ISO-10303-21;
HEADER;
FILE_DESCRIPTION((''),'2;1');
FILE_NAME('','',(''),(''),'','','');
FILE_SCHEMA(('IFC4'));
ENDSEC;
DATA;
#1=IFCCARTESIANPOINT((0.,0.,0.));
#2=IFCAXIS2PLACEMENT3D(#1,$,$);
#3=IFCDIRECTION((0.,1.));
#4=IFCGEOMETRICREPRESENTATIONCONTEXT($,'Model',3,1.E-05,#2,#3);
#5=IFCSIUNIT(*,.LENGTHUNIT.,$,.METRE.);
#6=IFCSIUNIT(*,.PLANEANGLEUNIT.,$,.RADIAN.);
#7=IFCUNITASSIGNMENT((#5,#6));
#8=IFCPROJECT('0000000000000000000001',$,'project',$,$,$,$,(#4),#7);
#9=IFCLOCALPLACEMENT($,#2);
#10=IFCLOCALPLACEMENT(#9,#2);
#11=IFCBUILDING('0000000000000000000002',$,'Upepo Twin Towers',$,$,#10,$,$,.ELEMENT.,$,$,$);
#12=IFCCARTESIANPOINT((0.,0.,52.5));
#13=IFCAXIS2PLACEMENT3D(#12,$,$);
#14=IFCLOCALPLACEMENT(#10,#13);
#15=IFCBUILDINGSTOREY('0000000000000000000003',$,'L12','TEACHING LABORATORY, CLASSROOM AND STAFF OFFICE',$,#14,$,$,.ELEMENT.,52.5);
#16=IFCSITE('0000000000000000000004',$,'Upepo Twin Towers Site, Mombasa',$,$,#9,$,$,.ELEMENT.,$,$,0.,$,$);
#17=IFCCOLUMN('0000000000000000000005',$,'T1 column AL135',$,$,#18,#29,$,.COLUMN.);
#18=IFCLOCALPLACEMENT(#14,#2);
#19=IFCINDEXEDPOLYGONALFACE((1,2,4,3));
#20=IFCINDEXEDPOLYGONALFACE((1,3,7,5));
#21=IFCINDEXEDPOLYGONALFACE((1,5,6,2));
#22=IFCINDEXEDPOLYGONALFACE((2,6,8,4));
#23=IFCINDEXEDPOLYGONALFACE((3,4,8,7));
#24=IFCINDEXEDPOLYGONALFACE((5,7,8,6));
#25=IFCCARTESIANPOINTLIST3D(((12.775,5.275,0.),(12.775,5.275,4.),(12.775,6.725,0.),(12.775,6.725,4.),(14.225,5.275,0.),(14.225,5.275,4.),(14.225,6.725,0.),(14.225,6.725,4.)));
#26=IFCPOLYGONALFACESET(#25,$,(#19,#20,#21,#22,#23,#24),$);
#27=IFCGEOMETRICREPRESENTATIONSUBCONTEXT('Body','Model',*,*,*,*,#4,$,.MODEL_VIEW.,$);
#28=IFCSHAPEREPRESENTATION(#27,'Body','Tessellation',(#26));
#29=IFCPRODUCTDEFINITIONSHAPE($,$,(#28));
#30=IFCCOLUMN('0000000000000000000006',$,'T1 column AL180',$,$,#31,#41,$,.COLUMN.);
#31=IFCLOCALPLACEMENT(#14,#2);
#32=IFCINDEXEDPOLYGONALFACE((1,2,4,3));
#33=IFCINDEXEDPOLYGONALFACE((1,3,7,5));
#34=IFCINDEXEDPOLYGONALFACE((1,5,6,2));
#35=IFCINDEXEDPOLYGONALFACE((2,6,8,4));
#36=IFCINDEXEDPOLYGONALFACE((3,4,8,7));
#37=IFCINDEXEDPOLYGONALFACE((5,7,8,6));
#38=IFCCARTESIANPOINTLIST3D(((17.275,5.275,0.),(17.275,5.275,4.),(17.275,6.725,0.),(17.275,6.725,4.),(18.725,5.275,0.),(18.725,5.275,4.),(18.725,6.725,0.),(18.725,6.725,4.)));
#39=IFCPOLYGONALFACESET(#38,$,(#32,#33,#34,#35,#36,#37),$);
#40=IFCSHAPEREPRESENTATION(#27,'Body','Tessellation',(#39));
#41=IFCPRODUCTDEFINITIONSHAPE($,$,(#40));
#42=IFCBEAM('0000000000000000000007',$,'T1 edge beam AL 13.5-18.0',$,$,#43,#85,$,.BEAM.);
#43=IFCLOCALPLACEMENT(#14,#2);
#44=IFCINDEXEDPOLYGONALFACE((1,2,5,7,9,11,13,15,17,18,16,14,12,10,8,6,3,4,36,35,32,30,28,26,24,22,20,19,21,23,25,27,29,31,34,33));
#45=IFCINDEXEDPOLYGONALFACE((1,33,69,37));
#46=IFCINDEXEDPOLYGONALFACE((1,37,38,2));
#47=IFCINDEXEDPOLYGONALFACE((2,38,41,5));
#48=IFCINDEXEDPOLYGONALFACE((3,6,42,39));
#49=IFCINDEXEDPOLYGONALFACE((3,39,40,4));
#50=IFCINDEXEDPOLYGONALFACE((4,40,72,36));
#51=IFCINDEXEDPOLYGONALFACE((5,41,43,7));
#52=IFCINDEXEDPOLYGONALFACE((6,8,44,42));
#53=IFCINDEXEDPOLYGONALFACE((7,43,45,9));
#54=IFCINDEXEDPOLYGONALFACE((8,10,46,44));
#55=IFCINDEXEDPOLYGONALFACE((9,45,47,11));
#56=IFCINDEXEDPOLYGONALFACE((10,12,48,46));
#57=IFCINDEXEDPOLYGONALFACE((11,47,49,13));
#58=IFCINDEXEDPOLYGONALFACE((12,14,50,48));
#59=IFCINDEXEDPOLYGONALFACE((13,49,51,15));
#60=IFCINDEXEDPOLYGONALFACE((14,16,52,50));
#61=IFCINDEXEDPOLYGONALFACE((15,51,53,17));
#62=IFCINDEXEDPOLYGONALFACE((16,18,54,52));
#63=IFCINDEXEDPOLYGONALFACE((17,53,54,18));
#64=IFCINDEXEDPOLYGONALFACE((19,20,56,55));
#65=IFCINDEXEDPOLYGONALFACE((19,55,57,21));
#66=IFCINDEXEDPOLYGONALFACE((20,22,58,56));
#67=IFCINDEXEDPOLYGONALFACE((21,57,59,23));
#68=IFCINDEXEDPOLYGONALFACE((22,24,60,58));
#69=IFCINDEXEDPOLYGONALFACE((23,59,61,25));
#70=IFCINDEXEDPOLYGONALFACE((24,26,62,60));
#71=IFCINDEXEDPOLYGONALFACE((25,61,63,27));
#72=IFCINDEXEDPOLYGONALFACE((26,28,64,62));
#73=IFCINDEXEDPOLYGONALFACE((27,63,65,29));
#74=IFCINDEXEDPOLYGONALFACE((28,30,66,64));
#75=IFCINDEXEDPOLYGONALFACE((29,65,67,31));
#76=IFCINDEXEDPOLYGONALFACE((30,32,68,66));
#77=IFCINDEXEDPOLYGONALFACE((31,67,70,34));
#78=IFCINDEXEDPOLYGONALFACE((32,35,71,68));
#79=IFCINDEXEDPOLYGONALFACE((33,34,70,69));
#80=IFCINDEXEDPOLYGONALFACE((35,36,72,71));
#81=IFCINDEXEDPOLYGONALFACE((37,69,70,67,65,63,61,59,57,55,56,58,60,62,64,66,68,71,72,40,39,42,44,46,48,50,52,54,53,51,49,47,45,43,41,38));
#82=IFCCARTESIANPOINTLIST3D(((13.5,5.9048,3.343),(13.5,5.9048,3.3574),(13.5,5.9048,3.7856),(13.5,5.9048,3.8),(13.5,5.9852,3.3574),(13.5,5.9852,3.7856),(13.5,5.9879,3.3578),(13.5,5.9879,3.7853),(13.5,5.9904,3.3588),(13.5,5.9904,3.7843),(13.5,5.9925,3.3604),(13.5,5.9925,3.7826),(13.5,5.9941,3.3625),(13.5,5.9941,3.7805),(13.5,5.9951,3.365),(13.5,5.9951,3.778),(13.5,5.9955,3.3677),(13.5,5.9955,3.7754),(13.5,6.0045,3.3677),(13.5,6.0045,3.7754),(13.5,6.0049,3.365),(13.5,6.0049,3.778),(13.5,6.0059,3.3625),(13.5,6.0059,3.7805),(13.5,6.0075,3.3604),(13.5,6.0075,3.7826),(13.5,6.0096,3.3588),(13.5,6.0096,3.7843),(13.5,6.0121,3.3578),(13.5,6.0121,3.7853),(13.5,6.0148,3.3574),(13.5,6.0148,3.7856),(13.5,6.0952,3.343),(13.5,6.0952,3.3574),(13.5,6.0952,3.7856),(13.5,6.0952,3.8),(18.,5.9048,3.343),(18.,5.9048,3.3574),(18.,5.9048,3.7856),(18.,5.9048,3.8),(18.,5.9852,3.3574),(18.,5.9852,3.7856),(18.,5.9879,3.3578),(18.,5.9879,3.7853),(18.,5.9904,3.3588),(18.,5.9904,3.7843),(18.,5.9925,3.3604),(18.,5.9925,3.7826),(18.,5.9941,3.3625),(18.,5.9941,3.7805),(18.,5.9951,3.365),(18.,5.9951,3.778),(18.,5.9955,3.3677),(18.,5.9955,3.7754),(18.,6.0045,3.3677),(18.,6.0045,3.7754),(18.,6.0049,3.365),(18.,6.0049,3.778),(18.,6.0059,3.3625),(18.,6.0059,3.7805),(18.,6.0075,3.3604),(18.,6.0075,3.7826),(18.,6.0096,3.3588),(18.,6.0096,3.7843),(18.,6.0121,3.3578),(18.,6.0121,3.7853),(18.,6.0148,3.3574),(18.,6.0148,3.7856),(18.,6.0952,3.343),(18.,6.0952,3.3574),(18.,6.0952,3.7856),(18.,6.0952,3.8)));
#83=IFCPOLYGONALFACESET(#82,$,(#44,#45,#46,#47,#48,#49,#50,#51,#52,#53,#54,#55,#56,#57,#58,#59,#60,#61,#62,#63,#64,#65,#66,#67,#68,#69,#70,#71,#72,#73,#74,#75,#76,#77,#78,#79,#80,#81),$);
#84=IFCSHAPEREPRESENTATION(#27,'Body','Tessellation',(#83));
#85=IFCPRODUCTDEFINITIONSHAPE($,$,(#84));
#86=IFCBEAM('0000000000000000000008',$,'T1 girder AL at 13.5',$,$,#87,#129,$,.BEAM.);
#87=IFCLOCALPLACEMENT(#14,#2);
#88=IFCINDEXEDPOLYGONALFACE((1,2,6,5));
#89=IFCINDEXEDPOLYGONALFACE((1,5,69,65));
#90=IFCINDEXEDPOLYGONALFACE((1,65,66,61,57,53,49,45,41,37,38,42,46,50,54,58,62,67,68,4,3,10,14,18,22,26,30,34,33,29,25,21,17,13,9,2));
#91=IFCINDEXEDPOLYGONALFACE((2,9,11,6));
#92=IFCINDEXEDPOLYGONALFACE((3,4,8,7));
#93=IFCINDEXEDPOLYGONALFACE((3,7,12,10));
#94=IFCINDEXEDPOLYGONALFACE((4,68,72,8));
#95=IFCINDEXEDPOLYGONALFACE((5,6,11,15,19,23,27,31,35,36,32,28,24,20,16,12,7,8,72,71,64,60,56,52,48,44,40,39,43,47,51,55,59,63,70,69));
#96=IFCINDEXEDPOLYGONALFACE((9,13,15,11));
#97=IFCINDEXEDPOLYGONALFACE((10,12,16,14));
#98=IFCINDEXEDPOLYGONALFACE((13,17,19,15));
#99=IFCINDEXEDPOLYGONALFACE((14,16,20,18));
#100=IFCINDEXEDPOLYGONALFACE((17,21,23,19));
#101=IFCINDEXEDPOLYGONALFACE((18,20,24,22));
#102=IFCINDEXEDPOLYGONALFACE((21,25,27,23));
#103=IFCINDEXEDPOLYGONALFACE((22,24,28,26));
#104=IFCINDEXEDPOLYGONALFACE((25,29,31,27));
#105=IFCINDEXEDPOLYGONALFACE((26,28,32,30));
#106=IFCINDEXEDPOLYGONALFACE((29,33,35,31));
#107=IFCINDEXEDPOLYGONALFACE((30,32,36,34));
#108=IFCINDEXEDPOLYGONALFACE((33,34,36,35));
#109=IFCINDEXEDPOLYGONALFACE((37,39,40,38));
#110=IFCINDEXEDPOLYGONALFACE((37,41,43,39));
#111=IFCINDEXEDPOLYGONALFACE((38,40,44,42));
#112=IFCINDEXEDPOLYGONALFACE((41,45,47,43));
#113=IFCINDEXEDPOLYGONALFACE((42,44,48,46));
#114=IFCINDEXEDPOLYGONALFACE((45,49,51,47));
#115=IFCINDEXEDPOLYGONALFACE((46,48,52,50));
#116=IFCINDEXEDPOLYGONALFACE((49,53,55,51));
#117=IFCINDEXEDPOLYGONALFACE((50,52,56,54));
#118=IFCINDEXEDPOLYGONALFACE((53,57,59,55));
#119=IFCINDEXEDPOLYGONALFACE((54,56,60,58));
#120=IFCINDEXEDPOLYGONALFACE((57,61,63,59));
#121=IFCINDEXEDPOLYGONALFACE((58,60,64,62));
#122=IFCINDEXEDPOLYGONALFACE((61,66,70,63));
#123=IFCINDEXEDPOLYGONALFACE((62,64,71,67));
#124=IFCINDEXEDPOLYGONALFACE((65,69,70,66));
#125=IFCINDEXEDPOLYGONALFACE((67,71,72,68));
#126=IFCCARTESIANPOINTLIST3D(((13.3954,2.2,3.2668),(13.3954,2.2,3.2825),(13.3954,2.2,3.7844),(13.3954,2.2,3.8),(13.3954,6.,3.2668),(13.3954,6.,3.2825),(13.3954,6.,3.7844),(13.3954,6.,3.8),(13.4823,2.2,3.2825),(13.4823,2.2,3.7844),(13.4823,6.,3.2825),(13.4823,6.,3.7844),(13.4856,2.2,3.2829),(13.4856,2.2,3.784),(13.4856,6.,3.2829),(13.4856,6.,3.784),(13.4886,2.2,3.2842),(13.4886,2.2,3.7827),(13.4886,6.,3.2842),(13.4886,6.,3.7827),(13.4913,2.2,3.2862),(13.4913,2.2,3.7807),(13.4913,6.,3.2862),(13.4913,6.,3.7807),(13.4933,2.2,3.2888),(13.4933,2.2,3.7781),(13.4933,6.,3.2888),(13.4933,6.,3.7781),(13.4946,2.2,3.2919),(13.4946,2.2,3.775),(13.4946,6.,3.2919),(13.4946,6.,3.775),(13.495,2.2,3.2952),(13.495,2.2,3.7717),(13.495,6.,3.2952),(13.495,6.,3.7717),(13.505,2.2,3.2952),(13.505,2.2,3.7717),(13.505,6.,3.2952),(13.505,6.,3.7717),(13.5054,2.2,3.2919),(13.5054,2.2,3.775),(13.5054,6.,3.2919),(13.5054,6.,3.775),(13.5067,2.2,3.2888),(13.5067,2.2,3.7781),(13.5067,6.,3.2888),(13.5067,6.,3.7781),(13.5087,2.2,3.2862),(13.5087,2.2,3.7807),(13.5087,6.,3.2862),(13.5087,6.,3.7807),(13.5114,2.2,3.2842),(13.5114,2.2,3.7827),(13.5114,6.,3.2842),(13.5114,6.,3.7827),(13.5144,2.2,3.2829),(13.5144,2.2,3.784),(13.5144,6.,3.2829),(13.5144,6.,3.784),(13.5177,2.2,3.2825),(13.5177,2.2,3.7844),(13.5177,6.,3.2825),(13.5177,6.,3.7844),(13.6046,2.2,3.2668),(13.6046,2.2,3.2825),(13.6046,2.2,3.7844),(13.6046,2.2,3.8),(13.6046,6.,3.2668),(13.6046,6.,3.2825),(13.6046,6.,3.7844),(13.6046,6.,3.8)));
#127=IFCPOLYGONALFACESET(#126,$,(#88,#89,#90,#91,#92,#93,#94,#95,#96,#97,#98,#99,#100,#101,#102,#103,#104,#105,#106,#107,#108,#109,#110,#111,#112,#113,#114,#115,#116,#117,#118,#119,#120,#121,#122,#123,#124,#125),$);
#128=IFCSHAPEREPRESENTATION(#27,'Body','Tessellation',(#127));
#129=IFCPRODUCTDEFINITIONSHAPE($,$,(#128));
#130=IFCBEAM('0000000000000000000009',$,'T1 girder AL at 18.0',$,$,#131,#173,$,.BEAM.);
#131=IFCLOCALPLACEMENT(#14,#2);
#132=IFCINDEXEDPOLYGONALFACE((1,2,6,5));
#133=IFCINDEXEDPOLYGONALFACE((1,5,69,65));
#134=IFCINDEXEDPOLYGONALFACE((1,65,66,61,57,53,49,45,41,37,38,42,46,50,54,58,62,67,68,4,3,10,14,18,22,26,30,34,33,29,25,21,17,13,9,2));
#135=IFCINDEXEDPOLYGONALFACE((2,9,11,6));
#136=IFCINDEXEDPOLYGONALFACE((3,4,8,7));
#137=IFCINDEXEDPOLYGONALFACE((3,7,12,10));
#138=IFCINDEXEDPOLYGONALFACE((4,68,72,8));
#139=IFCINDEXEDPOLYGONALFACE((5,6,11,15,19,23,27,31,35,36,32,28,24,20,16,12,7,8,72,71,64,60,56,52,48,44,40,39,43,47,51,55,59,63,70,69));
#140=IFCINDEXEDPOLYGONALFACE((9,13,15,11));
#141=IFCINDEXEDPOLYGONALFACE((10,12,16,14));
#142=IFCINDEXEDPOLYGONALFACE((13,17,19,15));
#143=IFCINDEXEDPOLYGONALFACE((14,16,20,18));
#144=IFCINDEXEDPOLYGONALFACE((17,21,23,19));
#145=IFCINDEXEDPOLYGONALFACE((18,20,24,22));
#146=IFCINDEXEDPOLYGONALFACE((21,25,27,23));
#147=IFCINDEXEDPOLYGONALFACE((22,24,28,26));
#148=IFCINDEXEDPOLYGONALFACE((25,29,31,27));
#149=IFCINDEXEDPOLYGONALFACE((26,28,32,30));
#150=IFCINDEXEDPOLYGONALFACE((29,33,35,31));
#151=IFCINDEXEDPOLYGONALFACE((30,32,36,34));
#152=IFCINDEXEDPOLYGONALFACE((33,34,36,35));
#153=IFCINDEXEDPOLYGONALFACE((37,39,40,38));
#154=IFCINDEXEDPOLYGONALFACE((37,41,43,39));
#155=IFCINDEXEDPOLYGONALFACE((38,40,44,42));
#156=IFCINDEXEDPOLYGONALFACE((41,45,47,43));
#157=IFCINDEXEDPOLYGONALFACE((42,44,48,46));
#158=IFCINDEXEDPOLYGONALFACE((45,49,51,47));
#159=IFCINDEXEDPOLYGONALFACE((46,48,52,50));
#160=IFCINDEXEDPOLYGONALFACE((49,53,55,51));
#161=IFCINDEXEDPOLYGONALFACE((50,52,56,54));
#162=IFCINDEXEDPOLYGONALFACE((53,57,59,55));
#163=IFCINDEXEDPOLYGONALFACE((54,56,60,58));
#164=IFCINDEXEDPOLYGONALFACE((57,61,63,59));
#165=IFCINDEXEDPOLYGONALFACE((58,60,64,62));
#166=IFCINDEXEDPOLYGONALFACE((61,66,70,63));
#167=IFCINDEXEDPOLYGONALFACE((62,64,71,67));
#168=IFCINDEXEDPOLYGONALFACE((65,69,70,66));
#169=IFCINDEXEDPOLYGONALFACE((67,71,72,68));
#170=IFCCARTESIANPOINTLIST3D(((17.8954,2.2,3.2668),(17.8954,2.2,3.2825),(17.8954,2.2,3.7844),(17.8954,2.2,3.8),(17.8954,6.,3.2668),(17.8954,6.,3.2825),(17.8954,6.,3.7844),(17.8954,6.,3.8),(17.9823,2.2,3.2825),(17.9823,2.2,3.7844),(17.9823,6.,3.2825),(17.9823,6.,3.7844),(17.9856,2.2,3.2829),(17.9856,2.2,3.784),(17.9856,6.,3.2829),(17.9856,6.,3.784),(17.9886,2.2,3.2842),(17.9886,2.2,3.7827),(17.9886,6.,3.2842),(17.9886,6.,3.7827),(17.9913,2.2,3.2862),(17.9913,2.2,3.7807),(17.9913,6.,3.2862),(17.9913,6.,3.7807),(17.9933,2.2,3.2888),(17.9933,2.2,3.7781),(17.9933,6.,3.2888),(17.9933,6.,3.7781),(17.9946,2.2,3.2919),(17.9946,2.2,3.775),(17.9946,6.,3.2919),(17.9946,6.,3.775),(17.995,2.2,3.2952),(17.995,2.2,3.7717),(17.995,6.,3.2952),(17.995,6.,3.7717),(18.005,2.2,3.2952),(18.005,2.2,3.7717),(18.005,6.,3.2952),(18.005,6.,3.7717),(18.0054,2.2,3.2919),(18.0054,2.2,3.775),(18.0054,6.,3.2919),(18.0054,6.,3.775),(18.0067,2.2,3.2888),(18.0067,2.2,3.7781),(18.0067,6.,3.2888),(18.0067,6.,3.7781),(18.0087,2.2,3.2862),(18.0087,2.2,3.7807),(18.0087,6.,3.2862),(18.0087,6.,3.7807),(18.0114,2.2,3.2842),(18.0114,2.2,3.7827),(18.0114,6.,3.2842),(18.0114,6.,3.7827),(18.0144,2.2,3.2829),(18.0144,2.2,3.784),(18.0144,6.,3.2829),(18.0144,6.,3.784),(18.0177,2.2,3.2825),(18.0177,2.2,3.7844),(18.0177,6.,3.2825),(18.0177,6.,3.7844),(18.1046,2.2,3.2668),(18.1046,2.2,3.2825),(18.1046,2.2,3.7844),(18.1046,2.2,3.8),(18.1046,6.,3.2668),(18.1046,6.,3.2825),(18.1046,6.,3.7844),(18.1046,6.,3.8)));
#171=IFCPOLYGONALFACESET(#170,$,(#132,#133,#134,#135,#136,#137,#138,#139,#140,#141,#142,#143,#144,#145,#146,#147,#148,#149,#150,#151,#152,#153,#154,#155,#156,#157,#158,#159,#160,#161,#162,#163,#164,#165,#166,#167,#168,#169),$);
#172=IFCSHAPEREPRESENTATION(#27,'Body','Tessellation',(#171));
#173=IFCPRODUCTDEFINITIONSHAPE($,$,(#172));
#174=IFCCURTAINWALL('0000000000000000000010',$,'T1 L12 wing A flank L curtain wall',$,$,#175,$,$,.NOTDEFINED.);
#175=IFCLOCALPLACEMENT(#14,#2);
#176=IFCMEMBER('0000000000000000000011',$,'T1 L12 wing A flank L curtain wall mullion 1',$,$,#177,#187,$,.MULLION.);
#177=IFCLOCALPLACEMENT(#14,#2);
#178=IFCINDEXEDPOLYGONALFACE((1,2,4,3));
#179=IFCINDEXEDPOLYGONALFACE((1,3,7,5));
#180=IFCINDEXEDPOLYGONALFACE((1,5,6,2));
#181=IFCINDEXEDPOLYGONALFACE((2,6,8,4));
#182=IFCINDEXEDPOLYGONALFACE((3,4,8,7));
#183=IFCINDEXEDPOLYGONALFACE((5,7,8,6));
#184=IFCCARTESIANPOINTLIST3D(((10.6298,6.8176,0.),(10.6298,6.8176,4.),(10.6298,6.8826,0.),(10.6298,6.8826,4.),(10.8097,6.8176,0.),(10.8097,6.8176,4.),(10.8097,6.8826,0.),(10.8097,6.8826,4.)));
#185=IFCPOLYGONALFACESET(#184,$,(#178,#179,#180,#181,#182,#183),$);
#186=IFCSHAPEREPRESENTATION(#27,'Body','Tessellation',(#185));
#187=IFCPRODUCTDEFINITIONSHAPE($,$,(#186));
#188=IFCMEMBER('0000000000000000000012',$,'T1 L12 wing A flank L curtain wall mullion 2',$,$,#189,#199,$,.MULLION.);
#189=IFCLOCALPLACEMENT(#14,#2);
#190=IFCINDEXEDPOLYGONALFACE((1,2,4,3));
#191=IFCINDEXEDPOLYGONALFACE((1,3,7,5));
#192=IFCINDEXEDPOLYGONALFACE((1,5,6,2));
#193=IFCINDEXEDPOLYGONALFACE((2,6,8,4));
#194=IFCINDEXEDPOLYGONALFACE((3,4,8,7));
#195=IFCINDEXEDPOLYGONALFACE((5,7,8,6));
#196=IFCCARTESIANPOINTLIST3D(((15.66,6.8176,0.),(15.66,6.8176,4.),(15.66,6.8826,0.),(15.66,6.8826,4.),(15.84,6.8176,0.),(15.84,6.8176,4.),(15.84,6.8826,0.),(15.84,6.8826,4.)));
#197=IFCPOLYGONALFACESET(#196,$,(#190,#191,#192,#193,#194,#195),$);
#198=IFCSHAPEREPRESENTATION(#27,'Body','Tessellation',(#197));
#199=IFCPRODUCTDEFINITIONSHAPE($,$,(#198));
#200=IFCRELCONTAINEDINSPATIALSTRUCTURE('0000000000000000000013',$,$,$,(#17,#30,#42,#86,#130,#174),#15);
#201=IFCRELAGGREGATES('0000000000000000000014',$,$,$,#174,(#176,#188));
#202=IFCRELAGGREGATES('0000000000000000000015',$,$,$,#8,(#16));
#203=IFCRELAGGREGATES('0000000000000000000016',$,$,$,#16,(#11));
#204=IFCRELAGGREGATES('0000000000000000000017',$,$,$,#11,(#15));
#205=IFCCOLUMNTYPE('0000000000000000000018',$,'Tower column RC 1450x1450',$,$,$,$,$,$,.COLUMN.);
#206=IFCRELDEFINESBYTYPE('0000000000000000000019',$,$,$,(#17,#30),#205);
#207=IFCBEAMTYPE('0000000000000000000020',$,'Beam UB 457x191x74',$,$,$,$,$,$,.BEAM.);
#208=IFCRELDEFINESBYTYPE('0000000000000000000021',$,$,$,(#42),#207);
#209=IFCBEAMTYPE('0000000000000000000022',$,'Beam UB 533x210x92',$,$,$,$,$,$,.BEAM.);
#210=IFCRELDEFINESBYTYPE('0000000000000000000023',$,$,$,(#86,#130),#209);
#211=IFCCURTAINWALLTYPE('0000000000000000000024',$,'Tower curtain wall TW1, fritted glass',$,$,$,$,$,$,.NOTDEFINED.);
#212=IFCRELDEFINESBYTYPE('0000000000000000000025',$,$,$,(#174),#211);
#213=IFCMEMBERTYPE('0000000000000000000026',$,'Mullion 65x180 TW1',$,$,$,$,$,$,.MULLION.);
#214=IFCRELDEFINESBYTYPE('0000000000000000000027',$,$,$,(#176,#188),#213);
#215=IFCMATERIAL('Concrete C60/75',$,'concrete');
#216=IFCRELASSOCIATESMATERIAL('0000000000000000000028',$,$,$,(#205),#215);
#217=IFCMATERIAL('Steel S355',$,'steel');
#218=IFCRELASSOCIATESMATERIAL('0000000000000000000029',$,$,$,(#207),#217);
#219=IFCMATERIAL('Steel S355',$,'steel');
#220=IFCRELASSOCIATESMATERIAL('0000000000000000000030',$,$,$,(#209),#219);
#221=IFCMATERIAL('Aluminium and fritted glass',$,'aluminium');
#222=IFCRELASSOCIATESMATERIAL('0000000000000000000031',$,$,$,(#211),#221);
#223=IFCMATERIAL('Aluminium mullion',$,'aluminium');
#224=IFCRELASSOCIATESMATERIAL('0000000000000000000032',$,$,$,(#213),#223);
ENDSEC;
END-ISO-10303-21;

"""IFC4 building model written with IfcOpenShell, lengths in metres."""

from ifc_helpers import new_model, si_unit, direction, frame, origin, origin_2d, place, context, subcontext, project, spatial, rectangle, i_section, extrude, material, material_profile, profile_set, type_object, element, aggregate, save


model = new_model("IFC4")

# Units and contexts
model_context = context("Model", 3, precision=1e-05, world=origin(), true_north=direction((0.0, 1.0)))
body_context = subcontext(model_context, "Body", "Model", "MODEL_VIEW")
ifc_project = project(units=[si_unit("LENGTHUNIT", "METRE"), si_unit("PLANEANGLEUNIT", "RADIAN")], contexts=[model_context])

# Site, building, storey
site_placement = place(None, origin())
site = spatial("IfcSite", under=ifc_project, at=site_placement, Name="Upepo Twin Towers Site, Mombasa", CompositionType="ELEMENT", RefElevation=0.0)
building_placement = place(site_placement, origin())
building = spatial("IfcBuilding", under=site, at=building_placement, Name="Upepo Twin Towers", CompositionType="ELEMENT")
storey_placement = place(building_placement, frame((0.0, 0.0, 52.5)))
storey = spatial("IfcBuildingStorey", under=building, at=storey_placement, Name="L12", Description="TEACHING LABORATORY, CLASSROOM AND STAFF OFFICE", CompositionType="ELEMENT", Elevation=52.5)

# Columns
ifc_material_1 = material(Name="Concrete C60/75", Category="concrete")
ifc_material_profile_1 = material_profile(ifc_material_1, rectangle(XDim=1.45, YDim=1.45, at=origin_2d()), Name="RC 1450x1450")
ifc_profile_set_1 = profile_set([ifc_material_profile_1], Name="Concrete C60/75")
column_type = type_object("IfcColumnType", Name="Tower column RC 1450x1450", PredefinedType="COLUMN", material=ifc_profile_set_1)
for number, where, z_axis, x_axis, name in (
    (1, (13.5, 6.0, 0.0), (0.0, 0.0, 1.0), (1.0, 0.0, 0.0), "T1 column AL135"),
    (2, (18.0, 6.0, 0.0), (0.0, 0.0, 1.0), (1.0, 0.0, 0.0), "T1 column AL180"),
):
    element("IfcColumn", number, at=place(storey_placement, frame(where, z_axis=z_axis, x_axis=x_axis)), inside=storey, type_object=column_type, Name=name, PredefinedType="COLUMN", context=body_context, shape_type="SweptSolid", body=[
        extrude(rectangle(XDim=1.45, YDim=1.45, at=origin_2d()), origin(), (0.0, 0.0, 1.0), 4.0),
    ])

# Beams
ifc_material_2 = material(Name="Steel S355", Category="steel")
ifc_material_profile_2 = material_profile(ifc_material_2, i_section(OverallWidth=0.1904, OverallDepth=0.457, WebThickness=0.009, FlangeThickness=0.0144, FilletRadius=0.0103, at=origin_2d()), Name="UB 457x191x74")
ifc_profile_set_2 = profile_set([ifc_material_profile_2], Name="Steel S355")
beam_type_1 = type_object("IfcBeamType", Name="Beam UB 457x191x74", PredefinedType="BEAM", material=ifc_profile_set_2)
beam_placement = place(storey_placement, frame((13.5, 6.0, 3.5715), z_axis=(1.0, 0.0, 0.0), x_axis=(0.0, 1.0, 0.0)))
element("IfcBeam", 3, at=beam_placement, inside=storey, type_object=beam_type_1, Name="T1 edge beam AL 13.5-18.0", PredefinedType="BEAM", context=body_context, shape_type="SweptSolid", body=[
    extrude(i_section(OverallWidth=0.1904, OverallDepth=0.457, WebThickness=0.009, FlangeThickness=0.0144, FilletRadius=0.0103, at=origin_2d()), origin(), (0.0, 0.0, 1.0), 4.5),
])
ifc_material_3 = material(Name="Steel S355", Category="steel")
ifc_material_profile_3 = material_profile(ifc_material_3, i_section(OverallWidth=0.2092, OverallDepth=0.5332, WebThickness=0.01, FlangeThickness=0.0156, FilletRadius=0.0127, at=origin_2d()), Name="UB 533x210x92")
ifc_profile_set_3 = profile_set([ifc_material_profile_3], Name="Steel S355")
beam_type_2 = type_object("IfcBeamType", Name="Beam UB 533x210x92", PredefinedType="BEAM", material=ifc_profile_set_3)
for number, where, z_axis, x_axis, name in (
    (4, (13.5, 6.0, 3.5334), (0.0, -1.0, 0.0), (1.0, 0.0, 0.0), "T1 girder AL at 13.5"),
    (5, (18.0, 6.0, 3.5334), (0.0, -1.0, 0.0), (1.0, 0.0, 0.0), "T1 girder AL at 18.0"),
):
    element("IfcBeam", number, at=place(storey_placement, frame(where, z_axis=z_axis, x_axis=x_axis)), inside=storey, type_object=beam_type_2, Name=name, PredefinedType="BEAM", context=body_context, shape_type="SweptSolid", body=[
        extrude(i_section(OverallWidth=0.2092, OverallDepth=0.5332, WebThickness=0.01, FlangeThickness=0.0156, FilletRadius=0.0127, at=origin_2d()), origin(), (0.0, 0.0, 1.0), 3.8),
    ])

# Curtain wall, members
ifc_material_4 = material(Name="Aluminium and fritted glass", Category="aluminium")
curtain_wall_type = type_object("IfcCurtainWallType", Name="Tower curtain wall TW1, fritted glass", PredefinedType="NOTDEFINED", material=ifc_material_4)
curtain_wall_placement = place(storey_placement, origin())
curtain_wall = element("IfcCurtainWall", 6, at=curtain_wall_placement, inside=storey, type_object=curtain_wall_type, Name="T1 L12 wing A flank L curtain wall", PredefinedType="NOTDEFINED")
ifc_material_5 = material(Name="Aluminium mullion", Category="aluminium")
ifc_material_profile_4 = material_profile(ifc_material_5, rectangle(XDim=0.0649, YDim=0.1799, at=origin_2d()), Name="MULLION 65x180")
ifc_profile_set_4 = profile_set([ifc_material_profile_4], Name="Aluminium mullion")
member_type_1 = type_object("IfcMemberType", Name="Mullion 65x180 TW1", PredefinedType="MULLION", material=ifc_profile_set_4)
member_1_placement = place(storey_placement, frame((10.7197, 6.8501, 0.0), z_axis=(0.0, 0.0, 1.0), x_axis=(0.0, 1.0, 0.0)))
member_1 = element("IfcMember", 7, at=member_1_placement, type_object=member_type_1, Name="T1 L12 wing A flank L curtain wall mullion 1", PredefinedType="MULLION", context=body_context, shape_type="SweptSolid", body=[
    extrude(rectangle(XDim=0.0649, YDim=0.1799, at=origin_2d()), origin(), (0.0, 0.0, 1.0), 4.0),
])
member_2_placement = place(storey_placement, frame((15.75, 6.8501, 0.0), z_axis=(0.0, 0.0, 1.0), x_axis=(0.0, 1.0, 0.0)))
member_2 = element("IfcMember", 8, at=member_2_placement, type_object=member_type_1, Name="T1 L12 wing A flank L curtain wall mullion 2", PredefinedType="MULLION", context=body_context, shape_type="SweptSolid", body=[
    extrude(rectangle(XDim=0.0649, YDim=0.1799, at=origin_2d()), origin(), (0.0, 0.0, 1.0), 4.0),
])
aggregate(curtain_wall, [member_1, member_2])

save(model, "model.ifc")
